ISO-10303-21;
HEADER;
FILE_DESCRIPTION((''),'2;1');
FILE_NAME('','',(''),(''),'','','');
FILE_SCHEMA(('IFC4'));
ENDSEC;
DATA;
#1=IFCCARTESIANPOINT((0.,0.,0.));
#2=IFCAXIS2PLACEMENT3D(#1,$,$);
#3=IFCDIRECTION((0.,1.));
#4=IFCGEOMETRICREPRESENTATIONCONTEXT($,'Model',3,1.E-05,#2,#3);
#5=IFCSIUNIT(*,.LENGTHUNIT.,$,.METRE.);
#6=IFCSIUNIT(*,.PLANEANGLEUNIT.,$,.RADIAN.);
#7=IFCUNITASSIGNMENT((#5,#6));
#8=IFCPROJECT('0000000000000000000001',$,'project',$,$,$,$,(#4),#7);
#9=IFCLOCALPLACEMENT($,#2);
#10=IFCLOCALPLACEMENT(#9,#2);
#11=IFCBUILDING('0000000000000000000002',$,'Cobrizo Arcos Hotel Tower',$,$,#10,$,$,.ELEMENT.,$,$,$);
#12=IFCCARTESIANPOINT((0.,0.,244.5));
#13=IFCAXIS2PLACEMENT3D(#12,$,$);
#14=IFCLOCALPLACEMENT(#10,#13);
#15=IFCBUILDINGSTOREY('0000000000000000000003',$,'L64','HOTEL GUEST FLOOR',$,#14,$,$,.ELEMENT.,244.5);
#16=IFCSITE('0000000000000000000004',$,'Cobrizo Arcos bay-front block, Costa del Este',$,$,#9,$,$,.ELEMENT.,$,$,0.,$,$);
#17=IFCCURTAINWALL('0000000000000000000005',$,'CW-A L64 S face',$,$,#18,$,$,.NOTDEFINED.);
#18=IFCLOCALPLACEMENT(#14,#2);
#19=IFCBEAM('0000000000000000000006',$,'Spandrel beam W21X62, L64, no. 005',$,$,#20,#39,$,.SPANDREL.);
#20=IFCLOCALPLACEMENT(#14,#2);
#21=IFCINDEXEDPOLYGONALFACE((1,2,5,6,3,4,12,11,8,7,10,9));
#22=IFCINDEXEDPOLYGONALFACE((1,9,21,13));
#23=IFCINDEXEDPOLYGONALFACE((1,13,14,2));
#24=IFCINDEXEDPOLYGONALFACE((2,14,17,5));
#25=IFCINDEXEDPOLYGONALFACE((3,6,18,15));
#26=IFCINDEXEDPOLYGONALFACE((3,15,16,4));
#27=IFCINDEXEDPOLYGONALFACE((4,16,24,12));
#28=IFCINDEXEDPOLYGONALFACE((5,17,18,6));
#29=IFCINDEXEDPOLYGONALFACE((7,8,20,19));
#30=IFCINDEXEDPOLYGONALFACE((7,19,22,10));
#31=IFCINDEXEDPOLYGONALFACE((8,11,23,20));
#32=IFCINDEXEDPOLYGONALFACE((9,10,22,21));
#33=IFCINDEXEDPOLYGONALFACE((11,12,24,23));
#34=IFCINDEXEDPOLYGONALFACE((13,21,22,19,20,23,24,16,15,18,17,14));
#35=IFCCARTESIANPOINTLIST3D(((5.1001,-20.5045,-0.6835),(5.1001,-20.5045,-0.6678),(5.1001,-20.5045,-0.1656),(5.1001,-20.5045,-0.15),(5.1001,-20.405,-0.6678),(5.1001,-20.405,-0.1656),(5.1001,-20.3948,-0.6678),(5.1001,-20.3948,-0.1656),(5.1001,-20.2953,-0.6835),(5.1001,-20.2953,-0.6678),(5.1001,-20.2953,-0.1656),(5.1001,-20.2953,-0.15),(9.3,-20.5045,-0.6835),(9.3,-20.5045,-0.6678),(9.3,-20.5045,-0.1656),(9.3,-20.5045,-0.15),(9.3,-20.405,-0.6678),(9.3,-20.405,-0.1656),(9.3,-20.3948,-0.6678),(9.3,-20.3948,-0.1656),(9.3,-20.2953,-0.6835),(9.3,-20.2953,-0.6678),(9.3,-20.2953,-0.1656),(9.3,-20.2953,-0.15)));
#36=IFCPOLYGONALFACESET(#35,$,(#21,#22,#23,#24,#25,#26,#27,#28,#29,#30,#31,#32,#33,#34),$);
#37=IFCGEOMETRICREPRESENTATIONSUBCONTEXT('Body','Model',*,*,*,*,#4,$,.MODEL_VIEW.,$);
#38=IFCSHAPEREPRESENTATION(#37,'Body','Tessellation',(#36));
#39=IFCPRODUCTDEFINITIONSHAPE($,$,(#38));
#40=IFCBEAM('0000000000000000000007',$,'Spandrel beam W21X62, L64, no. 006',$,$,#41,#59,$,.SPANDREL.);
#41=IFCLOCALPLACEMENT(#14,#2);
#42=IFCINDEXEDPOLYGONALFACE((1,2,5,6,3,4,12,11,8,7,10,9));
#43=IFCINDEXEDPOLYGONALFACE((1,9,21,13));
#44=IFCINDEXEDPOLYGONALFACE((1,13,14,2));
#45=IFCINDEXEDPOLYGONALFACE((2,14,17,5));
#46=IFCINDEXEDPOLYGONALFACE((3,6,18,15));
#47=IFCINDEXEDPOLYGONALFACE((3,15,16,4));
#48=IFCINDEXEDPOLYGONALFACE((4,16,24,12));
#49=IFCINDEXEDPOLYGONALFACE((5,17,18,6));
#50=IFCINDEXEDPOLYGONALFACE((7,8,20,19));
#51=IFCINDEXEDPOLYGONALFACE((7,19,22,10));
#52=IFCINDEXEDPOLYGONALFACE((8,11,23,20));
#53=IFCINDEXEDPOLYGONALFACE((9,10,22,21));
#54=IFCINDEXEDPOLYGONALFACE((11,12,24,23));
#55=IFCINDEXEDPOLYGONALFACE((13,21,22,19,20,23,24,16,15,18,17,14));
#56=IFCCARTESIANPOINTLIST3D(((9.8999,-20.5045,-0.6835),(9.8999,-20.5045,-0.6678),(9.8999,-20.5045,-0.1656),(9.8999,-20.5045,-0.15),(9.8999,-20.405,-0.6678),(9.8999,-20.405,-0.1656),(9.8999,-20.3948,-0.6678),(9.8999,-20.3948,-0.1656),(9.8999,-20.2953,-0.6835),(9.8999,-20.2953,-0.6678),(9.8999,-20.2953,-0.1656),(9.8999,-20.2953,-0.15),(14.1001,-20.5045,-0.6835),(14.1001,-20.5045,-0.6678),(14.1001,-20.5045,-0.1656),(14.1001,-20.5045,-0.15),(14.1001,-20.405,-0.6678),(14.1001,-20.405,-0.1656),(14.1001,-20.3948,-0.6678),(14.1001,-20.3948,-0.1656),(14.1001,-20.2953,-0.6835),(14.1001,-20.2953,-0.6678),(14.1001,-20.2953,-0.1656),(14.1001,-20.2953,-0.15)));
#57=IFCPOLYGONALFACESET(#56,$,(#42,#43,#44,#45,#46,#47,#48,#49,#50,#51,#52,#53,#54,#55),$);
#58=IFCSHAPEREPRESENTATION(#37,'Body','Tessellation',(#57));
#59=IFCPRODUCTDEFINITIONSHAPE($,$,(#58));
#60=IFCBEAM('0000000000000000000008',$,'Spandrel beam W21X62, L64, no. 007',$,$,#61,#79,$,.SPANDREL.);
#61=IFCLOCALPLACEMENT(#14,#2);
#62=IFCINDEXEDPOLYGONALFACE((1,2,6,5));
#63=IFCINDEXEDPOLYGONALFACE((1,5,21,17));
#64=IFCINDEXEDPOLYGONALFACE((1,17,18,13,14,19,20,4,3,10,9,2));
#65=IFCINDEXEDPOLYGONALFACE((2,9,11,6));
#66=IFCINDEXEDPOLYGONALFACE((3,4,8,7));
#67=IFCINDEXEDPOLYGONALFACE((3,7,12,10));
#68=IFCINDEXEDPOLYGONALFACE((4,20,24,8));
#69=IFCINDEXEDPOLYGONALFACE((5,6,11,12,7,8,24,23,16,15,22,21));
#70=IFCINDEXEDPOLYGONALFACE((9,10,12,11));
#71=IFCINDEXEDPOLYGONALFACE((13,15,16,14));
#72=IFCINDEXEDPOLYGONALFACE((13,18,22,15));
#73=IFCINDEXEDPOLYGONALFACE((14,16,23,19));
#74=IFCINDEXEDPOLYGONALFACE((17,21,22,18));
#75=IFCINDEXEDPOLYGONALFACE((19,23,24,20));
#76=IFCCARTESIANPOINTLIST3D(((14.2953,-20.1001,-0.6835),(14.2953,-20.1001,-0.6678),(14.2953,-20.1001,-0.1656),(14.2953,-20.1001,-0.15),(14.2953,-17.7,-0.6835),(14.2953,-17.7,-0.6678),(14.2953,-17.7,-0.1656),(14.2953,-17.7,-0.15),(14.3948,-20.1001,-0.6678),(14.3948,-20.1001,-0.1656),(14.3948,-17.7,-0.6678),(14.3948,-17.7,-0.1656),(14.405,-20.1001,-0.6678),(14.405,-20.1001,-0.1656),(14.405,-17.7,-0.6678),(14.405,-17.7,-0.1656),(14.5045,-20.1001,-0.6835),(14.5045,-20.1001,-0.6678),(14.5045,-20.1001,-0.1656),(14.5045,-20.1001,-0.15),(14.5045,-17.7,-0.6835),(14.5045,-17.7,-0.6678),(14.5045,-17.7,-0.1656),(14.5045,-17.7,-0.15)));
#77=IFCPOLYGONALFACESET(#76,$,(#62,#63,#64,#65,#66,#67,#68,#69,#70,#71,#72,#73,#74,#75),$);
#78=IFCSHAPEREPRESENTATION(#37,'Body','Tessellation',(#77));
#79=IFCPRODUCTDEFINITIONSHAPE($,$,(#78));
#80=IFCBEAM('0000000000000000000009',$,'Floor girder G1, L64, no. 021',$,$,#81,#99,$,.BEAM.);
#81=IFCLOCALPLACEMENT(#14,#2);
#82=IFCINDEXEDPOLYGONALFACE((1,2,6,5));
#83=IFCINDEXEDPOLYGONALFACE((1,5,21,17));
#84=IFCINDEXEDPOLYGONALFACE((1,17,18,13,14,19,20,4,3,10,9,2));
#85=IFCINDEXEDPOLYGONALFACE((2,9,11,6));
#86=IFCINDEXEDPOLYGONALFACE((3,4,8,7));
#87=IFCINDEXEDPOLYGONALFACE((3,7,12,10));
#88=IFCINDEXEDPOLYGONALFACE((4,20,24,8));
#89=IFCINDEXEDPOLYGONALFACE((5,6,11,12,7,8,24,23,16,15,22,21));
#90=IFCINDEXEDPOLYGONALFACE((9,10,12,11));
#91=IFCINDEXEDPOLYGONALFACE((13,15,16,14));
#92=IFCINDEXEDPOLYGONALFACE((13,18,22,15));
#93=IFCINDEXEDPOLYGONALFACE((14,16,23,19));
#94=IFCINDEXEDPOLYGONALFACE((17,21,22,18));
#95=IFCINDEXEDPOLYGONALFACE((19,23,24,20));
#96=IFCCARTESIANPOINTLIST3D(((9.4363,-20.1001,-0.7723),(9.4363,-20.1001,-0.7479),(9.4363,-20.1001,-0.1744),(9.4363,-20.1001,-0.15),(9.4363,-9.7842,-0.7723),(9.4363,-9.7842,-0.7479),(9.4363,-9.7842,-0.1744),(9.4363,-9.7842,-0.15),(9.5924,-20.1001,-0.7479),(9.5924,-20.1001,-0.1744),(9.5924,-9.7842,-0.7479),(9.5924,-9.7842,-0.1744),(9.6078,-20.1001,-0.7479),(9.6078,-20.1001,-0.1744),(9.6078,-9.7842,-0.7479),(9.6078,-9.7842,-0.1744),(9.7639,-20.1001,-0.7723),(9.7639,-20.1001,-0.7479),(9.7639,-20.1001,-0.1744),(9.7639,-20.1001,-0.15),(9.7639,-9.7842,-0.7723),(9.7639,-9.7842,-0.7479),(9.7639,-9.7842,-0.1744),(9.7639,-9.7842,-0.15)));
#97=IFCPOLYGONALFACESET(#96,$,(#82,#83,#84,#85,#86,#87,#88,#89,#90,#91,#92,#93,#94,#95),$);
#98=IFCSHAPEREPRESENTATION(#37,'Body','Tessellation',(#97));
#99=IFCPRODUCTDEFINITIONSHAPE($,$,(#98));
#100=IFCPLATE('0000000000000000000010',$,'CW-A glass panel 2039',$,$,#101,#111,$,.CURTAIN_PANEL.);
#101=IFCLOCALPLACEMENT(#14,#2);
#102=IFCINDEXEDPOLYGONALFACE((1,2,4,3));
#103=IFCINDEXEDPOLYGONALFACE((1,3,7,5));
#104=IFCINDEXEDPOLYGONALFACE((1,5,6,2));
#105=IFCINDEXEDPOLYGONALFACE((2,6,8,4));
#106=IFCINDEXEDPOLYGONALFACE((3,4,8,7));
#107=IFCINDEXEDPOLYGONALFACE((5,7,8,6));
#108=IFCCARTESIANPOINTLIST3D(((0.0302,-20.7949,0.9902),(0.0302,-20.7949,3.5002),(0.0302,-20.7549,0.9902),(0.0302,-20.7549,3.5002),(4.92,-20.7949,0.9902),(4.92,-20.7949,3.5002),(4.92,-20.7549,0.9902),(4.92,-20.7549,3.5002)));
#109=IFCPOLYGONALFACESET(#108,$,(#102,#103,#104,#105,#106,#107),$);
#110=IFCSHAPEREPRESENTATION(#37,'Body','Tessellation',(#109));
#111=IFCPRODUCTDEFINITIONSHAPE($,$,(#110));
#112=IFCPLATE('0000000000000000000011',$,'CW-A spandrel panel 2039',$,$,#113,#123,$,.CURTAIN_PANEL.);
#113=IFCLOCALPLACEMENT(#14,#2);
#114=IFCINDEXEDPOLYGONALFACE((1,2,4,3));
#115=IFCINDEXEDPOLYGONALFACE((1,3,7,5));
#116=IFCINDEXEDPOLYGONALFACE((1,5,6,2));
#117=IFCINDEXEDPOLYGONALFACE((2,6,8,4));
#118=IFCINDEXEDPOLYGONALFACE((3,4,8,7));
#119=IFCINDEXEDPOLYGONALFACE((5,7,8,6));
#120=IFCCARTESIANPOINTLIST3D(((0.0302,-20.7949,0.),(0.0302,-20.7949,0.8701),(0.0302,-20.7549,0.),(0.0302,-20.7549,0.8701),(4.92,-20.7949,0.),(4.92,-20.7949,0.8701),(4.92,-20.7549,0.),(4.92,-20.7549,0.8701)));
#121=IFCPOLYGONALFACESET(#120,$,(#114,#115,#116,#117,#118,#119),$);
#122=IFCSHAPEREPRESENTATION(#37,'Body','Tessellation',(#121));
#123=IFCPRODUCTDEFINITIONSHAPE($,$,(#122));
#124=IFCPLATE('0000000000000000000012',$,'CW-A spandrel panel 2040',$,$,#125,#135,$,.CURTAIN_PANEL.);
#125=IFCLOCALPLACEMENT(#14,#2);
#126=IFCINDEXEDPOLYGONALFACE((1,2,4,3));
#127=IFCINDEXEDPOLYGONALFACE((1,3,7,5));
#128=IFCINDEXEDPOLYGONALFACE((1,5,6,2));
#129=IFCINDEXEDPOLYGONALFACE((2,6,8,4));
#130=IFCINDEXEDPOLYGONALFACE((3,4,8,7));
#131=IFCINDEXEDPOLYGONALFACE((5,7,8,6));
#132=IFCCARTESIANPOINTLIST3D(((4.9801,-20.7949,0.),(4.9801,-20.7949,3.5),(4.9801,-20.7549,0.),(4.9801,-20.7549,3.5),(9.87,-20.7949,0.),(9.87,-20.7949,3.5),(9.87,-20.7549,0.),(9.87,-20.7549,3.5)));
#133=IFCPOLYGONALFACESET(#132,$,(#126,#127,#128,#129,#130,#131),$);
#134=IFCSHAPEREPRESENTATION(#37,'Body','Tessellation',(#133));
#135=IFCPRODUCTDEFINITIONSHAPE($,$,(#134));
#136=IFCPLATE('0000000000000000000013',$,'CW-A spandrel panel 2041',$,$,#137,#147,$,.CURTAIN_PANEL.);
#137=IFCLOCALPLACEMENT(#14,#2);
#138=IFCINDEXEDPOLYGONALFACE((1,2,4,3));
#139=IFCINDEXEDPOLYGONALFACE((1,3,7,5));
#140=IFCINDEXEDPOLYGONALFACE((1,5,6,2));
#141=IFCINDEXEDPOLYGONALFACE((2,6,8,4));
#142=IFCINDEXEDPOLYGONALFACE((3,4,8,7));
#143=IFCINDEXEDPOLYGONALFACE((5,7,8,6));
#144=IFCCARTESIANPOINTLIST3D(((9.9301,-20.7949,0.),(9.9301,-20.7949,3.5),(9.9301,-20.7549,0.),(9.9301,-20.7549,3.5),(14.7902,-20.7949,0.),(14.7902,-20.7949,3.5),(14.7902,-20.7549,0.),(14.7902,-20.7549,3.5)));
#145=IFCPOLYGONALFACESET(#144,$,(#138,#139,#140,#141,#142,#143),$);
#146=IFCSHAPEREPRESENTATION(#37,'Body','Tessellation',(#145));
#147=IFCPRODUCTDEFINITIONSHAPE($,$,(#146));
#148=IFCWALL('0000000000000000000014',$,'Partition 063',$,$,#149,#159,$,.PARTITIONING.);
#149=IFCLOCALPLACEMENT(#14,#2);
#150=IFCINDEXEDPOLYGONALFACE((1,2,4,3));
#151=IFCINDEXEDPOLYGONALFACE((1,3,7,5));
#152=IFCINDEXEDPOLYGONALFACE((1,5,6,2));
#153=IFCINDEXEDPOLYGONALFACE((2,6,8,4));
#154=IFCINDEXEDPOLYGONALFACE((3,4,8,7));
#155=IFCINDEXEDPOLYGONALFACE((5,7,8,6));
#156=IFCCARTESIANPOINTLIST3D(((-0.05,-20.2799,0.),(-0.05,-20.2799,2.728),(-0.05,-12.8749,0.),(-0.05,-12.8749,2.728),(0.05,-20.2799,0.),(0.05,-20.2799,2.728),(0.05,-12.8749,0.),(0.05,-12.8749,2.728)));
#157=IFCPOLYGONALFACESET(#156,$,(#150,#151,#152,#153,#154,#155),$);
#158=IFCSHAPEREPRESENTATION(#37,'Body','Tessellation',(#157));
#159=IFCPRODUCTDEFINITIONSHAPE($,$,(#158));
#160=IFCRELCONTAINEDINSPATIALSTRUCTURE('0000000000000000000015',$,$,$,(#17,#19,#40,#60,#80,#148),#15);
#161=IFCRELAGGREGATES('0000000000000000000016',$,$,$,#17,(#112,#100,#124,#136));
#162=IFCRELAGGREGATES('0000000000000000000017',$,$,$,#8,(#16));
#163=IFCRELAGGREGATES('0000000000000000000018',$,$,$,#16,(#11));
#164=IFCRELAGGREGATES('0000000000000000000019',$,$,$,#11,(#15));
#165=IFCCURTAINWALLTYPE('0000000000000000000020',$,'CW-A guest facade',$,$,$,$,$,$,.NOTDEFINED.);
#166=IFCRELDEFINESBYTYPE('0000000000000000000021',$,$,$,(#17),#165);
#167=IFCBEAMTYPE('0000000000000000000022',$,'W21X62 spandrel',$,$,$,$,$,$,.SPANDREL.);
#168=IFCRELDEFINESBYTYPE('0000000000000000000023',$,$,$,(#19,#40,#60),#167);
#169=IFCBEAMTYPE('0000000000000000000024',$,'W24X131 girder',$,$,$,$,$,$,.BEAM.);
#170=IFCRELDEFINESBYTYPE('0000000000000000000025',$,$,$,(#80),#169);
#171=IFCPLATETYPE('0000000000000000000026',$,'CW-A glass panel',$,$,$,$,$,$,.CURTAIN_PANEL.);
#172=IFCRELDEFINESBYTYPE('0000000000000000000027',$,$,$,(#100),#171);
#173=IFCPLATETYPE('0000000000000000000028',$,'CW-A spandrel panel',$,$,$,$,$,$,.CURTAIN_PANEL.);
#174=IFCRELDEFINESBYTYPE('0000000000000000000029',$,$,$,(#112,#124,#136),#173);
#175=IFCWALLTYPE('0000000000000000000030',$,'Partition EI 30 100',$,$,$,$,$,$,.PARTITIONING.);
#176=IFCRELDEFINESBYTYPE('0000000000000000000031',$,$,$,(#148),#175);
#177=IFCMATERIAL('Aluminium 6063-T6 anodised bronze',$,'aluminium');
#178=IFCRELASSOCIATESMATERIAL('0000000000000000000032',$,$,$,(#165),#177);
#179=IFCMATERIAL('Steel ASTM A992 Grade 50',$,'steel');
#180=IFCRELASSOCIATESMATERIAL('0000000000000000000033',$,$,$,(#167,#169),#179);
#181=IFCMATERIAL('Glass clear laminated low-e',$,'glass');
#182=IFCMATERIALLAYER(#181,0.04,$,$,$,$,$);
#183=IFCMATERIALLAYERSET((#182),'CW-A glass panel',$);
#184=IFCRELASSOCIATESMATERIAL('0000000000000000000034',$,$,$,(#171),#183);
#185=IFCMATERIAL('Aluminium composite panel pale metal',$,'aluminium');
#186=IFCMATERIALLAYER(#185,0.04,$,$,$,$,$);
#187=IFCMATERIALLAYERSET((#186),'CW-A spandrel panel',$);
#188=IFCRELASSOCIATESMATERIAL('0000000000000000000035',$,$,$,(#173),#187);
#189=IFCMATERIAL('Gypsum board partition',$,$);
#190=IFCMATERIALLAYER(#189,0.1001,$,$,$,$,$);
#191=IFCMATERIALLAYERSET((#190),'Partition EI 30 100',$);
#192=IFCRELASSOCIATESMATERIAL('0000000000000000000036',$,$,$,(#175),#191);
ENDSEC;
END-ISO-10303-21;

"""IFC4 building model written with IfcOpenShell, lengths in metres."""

from ifc_helpers import new_model, si_unit, direction, frame, frame_2d, origin, origin_2d, place, context, subcontext, project, spatial, rectangle, i_section, extrude, material, layer, layer_set, material_profile, profile_set, type_object, element, aggregate, save


model = new_model("IFC4")

# Units and contexts
model_context = context("Model", 3, precision=1e-05, world=origin(), true_north=direction((0.0, 1.0)))
body_context = subcontext(model_context, "Body", "Model", "MODEL_VIEW")
ifc_project = project(units=[si_unit("LENGTHUNIT", "METRE"), si_unit("PLANEANGLEUNIT", "RADIAN")], contexts=[model_context])

# Site, building, storey
site_placement = place(None, origin())
site = spatial("IfcSite", under=ifc_project, at=site_placement, Name="Cobrizo Arcos bay-front block, Costa del Este", CompositionType="ELEMENT", RefElevation=0.0)
building_placement = place(site_placement, origin())
building = spatial("IfcBuilding", under=site, at=building_placement, Name="Cobrizo Arcos Hotel Tower", CompositionType="ELEMENT")
storey_placement = place(building_placement, frame((0.0, 0.0, 244.5)))
storey = spatial("IfcBuildingStorey", under=building, at=storey_placement, Name="L64", Description="HOTEL GUEST FLOOR", CompositionType="ELEMENT", Elevation=244.5)

# Curtain wall
ifc_material_1 = material(Name="Aluminium 6063-T6 anodised bronze", Category="aluminium")
curtain_wall_type = type_object("IfcCurtainWallType", Name="CW-A guest facade", PredefinedType="NOTDEFINED", material=ifc_material_1)
curtain_wall_placement = place(storey_placement, origin())
curtain_wall = element("IfcCurtainWall", 1, at=curtain_wall_placement, inside=storey, type_object=curtain_wall_type, Name="CW-A L64 S face", PredefinedType="NOTDEFINED")

# Beams
ifc_material_2 = material(Name="Steel ASTM A992 Grade 50", Category="steel")
ifc_material_profile_1 = material_profile(ifc_material_2, i_section(OverallWidth=0.2092, OverallDepth=0.5334, WebThickness=0.0103, FlangeThickness=0.0156, at=origin_2d()), Name="W21X62")
ifc_profile_set_1 = profile_set([ifc_material_profile_1], Name="Steel ASTM A992 Grade 50")
beam_type_1 = type_object("IfcBeamType", Name="W21X62 spandrel", PredefinedType="SPANDREL", material=ifc_profile_set_1)
for number, where, z_axis, x_axis, name in (
    (2, (5.1001, -20.3999, -0.4167), (1.0, 0.0, 0.0), (0.0, 1.0, 0.0), "Spandrel beam W21X62, L64, no. 005"),
):
    element("IfcBeam", number, at=place(storey_placement, frame(where, z_axis=z_axis, x_axis=x_axis)), inside=storey, type_object=beam_type_1, Name=name, PredefinedType="SPANDREL", context=body_context, shape_type="SweptSolid", body=[
        extrude(i_section(OverallWidth=0.2092, OverallDepth=0.5334, WebThickness=0.0103, FlangeThickness=0.0156, at=origin_2d()), origin(), (0.0, 0.0, 1.0), 4.2),
    ])
beam_1_placement = place(storey_placement, frame((9.8999, -20.3999, -0.4167), z_axis=(1.0, 0.0, 0.0), x_axis=(0.0, 1.0, 0.0)))
element("IfcBeam", 3, at=beam_1_placement, inside=storey, type_object=beam_type_1, Name="Spandrel beam W21X62, L64, no. 006", PredefinedType="SPANDREL", context=body_context, shape_type="SweptSolid", body=[
    extrude(i_section(OverallWidth=0.2092, OverallDepth=0.5334, WebThickness=0.0103, FlangeThickness=0.0156, at=origin_2d()), origin(), (0.0, 0.0, 1.0), 4.2002),
])
beam_2_placement = place(storey_placement, frame((14.3999, -20.1001, -0.4167), z_axis=(0.0, 1.0, 0.0), x_axis=(-1.0, 0.0, 0.0)))
element("IfcBeam", 4, at=beam_2_placement, inside=storey, type_object=beam_type_1, Name="Spandrel beam W21X62, L64, no. 007", PredefinedType="SPANDREL", context=body_context, shape_type="SweptSolid", body=[
    extrude(i_section(OverallWidth=0.2092, OverallDepth=0.5334, WebThickness=0.0103, FlangeThickness=0.0156, at=origin_2d()), origin(), (0.0, 0.0, 1.0), 2.4001),
])
ifc_material_profile_2 = material_profile(ifc_material_2, i_section(OverallWidth=0.3276, OverallDepth=0.6223, WebThickness=0.0154, FlangeThickness=0.0244, at=origin_2d()), Name="W24X131")
ifc_profile_set_2 = profile_set([ifc_material_profile_2], Name="Steel ASTM A992 Grade 50")
beam_type_2 = type_object("IfcBeamType", Name="W24X131 girder", PredefinedType="BEAM", material=ifc_profile_set_2)
beam_3_placement = place(storey_placement, frame((9.6001, -20.1001, -0.4612), z_axis=(0.0, 1.0, 0.0), x_axis=(-1.0, 0.0, 0.0)))
element("IfcBeam", 5, at=beam_3_placement, inside=storey, type_object=beam_type_2, Name="Floor girder G1, L64, no. 021", PredefinedType="BEAM", context=body_context, shape_type="SweptSolid", body=[
    extrude(i_section(OverallWidth=0.3276, OverallDepth=0.6223, WebThickness=0.0154, FlangeThickness=0.0244, at=origin_2d()), origin(), (0.0, 0.0, 1.0), 10.3159),
])

# Plates
ifc_material_3 = material(Name="Glass clear laminated low-e", Category="glass")
ifc_layer_1 = layer(ifc_material_3, 0.04)
ifc_layer_set_1 = layer_set([ifc_layer_1], Name="CW-A glass panel")
plate_type_1 = type_object("IfcPlateType", Name="CW-A glass panel", PredefinedType="CURTAIN_PANEL", material=ifc_layer_set_1)
plate_1_placement = place(storey_placement, frame((2.4751, -20.7749, 0.9902), z_axis=(0.0, 0.0, 1.0), x_axis=(1.0, 0.0, 0.0)))
plate_1 = element("IfcPlate", 6, at=plate_1_placement, type_object=plate_type_1, Name="CW-A glass panel 2039", PredefinedType="CURTAIN_PANEL", context=body_context, shape_type="SweptSolid", body=[
    extrude(rectangle(XDim=4.8899, YDim=0.04, at=origin_2d()), origin(), (0.0, 0.0, 1.0), 2.51),
])
ifc_material_4 = material(Name="Aluminium composite panel pale metal", Category="aluminium")
ifc_layer_2 = layer(ifc_material_4, 0.04)
ifc_layer_set_2 = layer_set([ifc_layer_2], Name="CW-A spandrel panel")
plate_type_2 = type_object("IfcPlateType", Name="CW-A spandrel panel", PredefinedType="CURTAIN_PANEL", material=ifc_layer_set_2)
plate_2_placement = place(storey_placement, frame((2.4751, -20.7749, 0.0), z_axis=(0.0, 0.0, 1.0), x_axis=(1.0, 0.0, 0.0)))
plate_2 = element("IfcPlate", 7, at=plate_2_placement, type_object=plate_type_2, Name="CW-A spandrel panel 2039", PredefinedType="CURTAIN_PANEL", context=body_context, shape_type="SweptSolid", body=[
    extrude(rectangle(XDim=4.8899, YDim=0.04, at=origin_2d()), origin(), (0.0, 0.0, 1.0), 0.8701),
])
plate_3_placement = place(storey_placement, frame((7.425, -20.7749, 0.0), z_axis=(0.0, 0.0, 1.0), x_axis=(1.0, 0.0, 0.0)))
plate_3 = element("IfcPlate", 8, at=plate_3_placement, type_object=plate_type_2, Name="CW-A spandrel panel 2040", PredefinedType="CURTAIN_PANEL", context=body_context, shape_type="SweptSolid", body=[
    extrude(rectangle(XDim=4.8899, YDim=0.04, at=origin_2d()), origin(), (0.0, 0.0, 1.0), 3.5),
])
plate_4_placement = place(storey_placement, frame((12.3601, -20.7749, 0.0), z_axis=(0.0, 0.0, 1.0), x_axis=(1.0, 0.0, 0.0)))
plate_4 = element("IfcPlate", 9, at=plate_4_placement, type_object=plate_type_2, Name="CW-A spandrel panel 2041", PredefinedType="CURTAIN_PANEL", context=body_context, shape_type="SweptSolid", body=[
    extrude(rectangle(XDim=4.8601, YDim=0.04, at=origin_2d()), origin(), (0.0, 0.0, 1.0), 3.5),
])
aggregate(curtain_wall, [plate_2, plate_1, plate_3, plate_4])

# Wall
ifc_material_5 = material(Name="Gypsum board partition")
ifc_layer_3 = layer(ifc_material_5, 0.1001)
ifc_layer_set_3 = layer_set([ifc_layer_3], Name="Partition EI 30 100")
wall_type = type_object("IfcWallType", Name="Partition EI 30 100", PredefinedType="PARTITIONING", material=ifc_layer_set_3)
wall_1_placement = place(storey_placement, frame((0.0, -20.28, 0.0), z_axis=(0.0, 0.0, 1.0), x_axis=(0.0, 1.0, 0.0)))
element("IfcWall", 10, at=wall_1_placement, inside=storey, type_object=wall_type, Name="Partition 063", PredefinedType="PARTITIONING", context=body_context, shape_type="SweptSolid", body=[
    extrude(rectangle(XDim=7.405, YDim=0.1001, at=frame_2d((3.7026, 0.0))), origin(), (0.0, 0.0, 1.0), 2.728),
])

save(model, "model.ifc")
